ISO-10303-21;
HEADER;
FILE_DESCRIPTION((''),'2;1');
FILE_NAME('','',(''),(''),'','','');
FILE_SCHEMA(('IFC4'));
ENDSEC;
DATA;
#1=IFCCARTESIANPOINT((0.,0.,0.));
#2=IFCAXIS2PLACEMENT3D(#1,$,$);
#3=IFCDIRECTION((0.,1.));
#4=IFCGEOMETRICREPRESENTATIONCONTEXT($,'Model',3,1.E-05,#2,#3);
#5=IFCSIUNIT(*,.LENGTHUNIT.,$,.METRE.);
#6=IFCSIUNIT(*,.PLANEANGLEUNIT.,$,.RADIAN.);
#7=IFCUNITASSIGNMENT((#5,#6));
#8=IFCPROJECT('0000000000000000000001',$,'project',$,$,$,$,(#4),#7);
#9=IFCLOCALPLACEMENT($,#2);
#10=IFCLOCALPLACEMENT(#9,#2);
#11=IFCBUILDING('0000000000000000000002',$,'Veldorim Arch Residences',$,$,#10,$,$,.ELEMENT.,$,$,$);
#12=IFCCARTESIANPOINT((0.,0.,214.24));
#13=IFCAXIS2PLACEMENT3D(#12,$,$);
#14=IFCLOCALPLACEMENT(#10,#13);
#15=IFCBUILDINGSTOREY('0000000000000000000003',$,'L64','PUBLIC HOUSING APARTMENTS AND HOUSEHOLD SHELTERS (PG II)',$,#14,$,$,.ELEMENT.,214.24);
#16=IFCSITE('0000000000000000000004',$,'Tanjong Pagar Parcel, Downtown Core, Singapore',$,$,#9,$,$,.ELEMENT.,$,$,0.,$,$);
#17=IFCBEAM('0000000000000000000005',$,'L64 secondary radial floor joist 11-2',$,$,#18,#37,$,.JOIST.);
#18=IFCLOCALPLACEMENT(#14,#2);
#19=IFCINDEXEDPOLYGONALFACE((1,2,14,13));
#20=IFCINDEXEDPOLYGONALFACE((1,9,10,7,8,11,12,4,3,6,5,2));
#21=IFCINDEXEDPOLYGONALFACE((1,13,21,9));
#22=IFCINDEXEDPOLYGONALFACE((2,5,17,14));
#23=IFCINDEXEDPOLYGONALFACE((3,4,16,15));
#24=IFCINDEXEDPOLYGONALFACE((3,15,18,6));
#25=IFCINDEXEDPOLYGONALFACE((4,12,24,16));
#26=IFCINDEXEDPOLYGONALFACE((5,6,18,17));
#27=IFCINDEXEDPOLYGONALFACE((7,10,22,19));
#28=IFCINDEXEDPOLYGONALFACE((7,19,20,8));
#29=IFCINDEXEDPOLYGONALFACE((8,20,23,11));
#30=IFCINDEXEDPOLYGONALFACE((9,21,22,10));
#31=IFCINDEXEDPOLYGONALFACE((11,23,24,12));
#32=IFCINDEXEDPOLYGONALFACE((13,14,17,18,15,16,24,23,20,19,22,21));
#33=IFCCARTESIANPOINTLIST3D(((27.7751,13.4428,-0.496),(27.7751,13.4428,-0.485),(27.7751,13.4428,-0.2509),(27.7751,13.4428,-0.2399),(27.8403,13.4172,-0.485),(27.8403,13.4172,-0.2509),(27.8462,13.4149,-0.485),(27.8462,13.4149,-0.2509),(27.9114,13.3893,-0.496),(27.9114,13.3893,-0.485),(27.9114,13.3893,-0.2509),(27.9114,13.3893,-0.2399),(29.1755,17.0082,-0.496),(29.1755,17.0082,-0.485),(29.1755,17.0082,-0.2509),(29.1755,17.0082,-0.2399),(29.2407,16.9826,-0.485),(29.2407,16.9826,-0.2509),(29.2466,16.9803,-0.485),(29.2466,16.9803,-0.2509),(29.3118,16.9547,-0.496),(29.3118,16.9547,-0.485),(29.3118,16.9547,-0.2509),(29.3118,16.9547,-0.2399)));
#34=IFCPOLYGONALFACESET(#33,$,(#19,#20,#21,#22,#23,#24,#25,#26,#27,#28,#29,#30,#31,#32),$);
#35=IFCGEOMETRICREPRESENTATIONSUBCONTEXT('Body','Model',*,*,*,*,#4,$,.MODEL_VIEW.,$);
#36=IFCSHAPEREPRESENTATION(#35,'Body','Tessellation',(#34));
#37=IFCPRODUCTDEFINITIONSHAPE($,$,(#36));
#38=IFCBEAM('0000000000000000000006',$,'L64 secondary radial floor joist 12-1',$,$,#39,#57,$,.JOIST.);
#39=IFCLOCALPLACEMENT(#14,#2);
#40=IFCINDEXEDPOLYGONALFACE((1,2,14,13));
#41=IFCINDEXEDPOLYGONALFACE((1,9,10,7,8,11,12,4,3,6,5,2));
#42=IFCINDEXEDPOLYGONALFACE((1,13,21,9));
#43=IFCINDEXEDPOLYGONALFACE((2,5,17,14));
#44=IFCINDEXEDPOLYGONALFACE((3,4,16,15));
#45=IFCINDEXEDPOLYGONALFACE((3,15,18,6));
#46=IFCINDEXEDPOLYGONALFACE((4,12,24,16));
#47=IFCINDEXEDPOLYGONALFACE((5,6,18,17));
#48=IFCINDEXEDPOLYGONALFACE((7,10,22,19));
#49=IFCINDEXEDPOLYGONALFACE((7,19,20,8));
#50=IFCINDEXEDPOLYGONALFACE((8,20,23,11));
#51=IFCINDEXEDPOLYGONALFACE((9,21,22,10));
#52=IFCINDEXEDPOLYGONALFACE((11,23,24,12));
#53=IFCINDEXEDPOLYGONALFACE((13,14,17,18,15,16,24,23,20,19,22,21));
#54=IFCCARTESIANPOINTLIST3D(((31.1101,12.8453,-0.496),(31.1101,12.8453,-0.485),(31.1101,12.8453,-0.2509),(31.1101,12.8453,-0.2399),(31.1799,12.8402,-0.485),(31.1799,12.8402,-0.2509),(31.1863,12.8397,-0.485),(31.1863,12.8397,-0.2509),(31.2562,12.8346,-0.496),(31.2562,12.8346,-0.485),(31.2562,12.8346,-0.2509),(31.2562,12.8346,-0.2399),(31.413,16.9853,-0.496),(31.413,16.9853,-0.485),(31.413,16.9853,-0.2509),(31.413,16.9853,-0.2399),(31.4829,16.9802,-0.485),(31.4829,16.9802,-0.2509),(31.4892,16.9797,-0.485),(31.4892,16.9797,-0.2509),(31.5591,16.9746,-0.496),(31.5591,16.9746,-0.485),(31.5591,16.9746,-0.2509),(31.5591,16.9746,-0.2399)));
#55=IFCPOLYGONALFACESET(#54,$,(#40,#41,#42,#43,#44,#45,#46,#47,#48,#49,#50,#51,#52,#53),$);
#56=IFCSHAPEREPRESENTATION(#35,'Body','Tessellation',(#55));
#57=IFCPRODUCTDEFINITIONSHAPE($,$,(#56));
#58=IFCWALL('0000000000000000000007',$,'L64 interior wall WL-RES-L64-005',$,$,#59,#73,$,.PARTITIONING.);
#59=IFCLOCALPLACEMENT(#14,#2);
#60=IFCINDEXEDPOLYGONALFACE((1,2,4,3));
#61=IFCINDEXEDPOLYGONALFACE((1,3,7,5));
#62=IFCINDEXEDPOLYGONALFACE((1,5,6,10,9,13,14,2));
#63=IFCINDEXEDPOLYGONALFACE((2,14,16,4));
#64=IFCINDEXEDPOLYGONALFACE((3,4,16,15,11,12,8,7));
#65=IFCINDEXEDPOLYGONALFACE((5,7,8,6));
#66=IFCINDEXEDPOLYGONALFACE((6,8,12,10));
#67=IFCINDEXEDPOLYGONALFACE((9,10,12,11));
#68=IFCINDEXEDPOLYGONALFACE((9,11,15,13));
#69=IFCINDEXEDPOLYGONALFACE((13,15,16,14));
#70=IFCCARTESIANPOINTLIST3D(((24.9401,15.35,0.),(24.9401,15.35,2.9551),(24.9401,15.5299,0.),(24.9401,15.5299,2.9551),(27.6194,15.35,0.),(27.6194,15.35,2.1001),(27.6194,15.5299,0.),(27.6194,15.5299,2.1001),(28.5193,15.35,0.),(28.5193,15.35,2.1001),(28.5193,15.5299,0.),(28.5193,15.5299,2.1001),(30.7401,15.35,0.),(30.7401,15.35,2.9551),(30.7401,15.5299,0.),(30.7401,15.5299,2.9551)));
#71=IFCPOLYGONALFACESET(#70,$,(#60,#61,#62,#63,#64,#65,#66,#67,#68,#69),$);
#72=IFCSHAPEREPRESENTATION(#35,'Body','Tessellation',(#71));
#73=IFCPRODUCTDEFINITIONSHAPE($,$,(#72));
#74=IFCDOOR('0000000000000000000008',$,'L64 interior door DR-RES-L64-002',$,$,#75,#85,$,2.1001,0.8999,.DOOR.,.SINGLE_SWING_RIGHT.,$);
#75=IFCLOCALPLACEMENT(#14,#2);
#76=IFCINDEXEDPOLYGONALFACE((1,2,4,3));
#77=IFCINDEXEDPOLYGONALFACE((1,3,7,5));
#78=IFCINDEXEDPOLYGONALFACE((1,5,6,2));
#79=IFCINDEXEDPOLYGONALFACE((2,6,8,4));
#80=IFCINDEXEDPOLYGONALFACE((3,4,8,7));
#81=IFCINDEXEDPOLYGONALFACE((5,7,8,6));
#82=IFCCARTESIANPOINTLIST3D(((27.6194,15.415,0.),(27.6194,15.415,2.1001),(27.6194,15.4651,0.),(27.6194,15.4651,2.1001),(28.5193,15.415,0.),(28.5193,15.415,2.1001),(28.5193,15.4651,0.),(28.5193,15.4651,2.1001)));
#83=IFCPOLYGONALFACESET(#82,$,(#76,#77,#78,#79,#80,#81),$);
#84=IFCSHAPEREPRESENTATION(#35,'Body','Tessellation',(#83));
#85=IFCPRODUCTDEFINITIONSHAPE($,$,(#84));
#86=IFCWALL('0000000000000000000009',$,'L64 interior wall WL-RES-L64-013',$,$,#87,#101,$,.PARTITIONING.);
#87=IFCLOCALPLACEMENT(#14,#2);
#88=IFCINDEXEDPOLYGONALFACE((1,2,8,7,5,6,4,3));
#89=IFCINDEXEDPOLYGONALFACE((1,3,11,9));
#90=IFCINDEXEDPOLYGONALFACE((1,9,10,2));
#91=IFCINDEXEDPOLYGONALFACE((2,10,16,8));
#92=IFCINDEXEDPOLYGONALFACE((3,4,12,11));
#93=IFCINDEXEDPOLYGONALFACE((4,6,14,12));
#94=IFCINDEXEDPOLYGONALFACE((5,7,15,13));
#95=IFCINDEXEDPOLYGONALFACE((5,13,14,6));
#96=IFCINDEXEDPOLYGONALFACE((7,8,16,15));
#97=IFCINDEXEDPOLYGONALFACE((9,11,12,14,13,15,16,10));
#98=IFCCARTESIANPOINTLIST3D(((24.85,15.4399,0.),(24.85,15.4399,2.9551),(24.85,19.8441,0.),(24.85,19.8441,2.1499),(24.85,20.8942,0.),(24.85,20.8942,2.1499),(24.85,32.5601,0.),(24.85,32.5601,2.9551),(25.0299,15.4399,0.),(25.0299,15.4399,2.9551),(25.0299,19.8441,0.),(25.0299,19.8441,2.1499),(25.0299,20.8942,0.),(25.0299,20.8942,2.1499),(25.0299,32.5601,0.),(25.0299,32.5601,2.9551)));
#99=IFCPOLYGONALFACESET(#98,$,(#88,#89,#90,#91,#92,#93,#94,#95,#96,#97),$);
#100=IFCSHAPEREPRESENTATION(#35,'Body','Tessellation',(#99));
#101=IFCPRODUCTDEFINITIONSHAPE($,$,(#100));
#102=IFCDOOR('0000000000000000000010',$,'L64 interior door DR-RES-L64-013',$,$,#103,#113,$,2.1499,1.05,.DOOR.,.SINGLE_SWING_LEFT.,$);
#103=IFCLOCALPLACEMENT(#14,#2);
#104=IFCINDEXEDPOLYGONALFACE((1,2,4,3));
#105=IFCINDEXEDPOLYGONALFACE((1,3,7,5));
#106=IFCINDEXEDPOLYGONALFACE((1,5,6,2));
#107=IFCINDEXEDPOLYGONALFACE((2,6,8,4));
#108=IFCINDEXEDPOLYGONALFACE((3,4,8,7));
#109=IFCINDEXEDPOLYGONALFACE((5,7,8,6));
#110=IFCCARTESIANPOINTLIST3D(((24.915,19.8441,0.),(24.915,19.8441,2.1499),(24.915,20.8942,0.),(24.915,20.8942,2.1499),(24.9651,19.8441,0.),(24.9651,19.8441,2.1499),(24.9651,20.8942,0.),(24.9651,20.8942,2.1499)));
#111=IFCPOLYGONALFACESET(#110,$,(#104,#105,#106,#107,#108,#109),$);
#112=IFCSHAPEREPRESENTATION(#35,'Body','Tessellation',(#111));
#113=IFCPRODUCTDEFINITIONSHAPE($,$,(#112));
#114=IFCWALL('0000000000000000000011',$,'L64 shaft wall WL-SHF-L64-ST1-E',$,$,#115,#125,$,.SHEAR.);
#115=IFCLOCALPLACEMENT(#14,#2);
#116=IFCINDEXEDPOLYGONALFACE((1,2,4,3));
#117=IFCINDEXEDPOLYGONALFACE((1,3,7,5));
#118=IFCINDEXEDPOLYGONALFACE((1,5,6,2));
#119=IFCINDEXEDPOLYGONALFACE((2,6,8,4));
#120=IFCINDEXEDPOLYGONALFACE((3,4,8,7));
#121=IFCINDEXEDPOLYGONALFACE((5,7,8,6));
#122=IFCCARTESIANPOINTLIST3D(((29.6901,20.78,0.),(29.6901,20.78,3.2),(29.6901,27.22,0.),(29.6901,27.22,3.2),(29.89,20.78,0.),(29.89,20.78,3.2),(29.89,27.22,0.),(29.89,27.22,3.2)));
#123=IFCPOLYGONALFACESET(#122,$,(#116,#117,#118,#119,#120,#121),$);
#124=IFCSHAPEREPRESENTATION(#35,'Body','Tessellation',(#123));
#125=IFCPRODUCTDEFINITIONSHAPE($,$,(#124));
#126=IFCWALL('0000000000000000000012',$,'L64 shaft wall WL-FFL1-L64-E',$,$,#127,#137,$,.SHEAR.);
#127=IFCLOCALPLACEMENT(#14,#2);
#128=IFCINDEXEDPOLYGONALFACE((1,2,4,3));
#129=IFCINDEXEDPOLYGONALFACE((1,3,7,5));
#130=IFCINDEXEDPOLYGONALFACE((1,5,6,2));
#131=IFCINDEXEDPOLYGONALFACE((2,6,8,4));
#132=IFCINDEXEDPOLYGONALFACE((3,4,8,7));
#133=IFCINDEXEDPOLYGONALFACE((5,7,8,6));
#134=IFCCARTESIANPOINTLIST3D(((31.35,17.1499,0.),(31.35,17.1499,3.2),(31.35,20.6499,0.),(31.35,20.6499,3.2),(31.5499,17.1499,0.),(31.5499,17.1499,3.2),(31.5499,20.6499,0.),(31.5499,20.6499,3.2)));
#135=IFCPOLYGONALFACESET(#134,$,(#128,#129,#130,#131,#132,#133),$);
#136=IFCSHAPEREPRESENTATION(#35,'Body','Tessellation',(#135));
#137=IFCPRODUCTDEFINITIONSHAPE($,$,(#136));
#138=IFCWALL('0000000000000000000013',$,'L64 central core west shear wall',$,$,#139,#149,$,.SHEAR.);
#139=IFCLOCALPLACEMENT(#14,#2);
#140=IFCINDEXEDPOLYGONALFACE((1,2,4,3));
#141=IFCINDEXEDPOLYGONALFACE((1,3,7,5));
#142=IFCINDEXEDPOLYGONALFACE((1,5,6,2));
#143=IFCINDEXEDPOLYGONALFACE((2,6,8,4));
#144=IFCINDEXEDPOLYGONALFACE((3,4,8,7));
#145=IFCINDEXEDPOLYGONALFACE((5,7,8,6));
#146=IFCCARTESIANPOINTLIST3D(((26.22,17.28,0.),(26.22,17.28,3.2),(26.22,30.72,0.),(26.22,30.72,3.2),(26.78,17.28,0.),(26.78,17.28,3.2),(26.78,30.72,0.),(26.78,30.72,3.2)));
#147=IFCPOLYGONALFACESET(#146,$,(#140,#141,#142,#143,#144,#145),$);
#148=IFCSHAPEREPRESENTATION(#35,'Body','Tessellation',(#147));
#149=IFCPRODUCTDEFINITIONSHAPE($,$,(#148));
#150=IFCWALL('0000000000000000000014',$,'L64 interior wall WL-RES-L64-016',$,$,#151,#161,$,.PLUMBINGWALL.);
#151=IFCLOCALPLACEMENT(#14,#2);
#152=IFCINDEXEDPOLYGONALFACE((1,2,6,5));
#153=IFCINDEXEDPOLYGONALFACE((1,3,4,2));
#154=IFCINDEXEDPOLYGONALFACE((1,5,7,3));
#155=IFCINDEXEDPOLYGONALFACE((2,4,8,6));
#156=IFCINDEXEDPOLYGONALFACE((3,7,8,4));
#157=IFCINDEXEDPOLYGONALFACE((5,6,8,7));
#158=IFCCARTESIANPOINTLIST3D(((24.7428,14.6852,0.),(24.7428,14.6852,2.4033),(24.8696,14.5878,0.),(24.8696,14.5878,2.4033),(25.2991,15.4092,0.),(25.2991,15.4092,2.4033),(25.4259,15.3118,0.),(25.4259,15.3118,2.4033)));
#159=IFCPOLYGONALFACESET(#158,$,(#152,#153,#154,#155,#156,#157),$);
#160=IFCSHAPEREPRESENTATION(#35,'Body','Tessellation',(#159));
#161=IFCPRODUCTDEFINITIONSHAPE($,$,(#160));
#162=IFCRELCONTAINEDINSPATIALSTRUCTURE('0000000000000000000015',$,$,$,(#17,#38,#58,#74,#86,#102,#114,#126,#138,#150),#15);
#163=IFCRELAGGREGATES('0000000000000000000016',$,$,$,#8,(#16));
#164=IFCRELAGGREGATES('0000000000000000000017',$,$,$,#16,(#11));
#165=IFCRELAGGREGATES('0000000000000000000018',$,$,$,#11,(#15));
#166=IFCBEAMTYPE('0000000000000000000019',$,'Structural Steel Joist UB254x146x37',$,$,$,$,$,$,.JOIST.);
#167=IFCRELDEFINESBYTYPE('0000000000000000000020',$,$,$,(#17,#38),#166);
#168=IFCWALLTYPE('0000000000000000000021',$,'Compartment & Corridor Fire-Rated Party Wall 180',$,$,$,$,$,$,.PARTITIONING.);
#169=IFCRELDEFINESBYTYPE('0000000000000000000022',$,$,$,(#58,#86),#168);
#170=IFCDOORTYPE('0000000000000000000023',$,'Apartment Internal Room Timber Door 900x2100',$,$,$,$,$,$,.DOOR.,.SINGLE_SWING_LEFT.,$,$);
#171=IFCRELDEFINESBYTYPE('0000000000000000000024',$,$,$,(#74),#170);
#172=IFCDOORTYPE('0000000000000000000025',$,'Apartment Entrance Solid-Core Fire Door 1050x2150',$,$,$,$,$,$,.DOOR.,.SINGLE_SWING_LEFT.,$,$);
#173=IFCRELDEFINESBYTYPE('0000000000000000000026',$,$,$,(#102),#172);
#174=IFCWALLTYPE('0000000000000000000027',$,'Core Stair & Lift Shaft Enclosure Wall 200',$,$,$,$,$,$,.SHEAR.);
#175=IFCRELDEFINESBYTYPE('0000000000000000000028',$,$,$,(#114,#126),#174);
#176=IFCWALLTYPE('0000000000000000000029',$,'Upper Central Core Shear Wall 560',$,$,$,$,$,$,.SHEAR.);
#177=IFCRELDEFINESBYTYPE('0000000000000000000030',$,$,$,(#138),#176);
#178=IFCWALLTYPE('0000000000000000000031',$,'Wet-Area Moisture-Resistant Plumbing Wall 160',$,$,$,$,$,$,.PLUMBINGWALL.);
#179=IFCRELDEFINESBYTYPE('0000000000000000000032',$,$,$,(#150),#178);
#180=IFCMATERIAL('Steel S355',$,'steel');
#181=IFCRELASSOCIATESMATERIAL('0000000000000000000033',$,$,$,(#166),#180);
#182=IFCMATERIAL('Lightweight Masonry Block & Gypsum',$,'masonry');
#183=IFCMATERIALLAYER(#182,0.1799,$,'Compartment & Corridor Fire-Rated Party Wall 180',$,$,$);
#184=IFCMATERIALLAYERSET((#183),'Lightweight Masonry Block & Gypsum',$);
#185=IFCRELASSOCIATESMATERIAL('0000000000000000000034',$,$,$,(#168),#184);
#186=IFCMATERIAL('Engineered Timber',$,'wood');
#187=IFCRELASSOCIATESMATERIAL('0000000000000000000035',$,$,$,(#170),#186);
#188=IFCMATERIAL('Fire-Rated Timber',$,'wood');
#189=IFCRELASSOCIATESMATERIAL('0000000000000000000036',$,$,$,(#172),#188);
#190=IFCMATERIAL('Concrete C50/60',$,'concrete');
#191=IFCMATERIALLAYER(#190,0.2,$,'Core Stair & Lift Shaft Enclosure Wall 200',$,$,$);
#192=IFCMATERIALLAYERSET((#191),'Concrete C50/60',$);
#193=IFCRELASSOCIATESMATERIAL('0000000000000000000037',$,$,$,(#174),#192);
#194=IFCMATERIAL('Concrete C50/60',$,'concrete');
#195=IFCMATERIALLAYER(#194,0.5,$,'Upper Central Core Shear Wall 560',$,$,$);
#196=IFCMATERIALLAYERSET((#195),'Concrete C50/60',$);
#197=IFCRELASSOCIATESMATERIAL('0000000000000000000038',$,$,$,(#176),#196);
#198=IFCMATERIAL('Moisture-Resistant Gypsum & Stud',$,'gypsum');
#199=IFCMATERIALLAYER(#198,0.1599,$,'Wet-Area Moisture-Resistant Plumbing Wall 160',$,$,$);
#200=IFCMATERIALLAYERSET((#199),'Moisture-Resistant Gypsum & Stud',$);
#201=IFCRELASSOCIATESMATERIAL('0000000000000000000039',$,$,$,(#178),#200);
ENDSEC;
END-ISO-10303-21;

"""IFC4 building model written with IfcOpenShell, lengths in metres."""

from ifc_helpers import new_model, si_unit, direction, frame, frame_2d, origin, origin_2d, place, context, subcontext, project, spatial, rectangle, i_section, extrude, material, layer, layer_set, material_profile, profile_set, type_object, element, fill, save


model = new_model("IFC4")

# Units and contexts
model_context = context("Model", 3, precision=1e-05, world=origin(), true_north=direction((0.0, 1.0)))
body_context = subcontext(model_context, "Body", "Model", "MODEL_VIEW")
ifc_project = project(units=[si_unit("LENGTHUNIT", "METRE"), si_unit("PLANEANGLEUNIT", "RADIAN")], contexts=[model_context])

# Site, building, storey
site_placement = place(None, origin())
site = spatial("IfcSite", under=ifc_project, at=site_placement, Name="Tanjong Pagar Parcel, Downtown Core, Singapore", CompositionType="ELEMENT", RefElevation=0.0)
building_placement = place(site_placement, origin())
building = spatial("IfcBuilding", under=site, at=building_placement, Name="Veldorim Arch Residences", CompositionType="ELEMENT")
storey_placement = place(building_placement, frame((0.0, 0.0, 214.24)))
storey = spatial("IfcBuildingStorey", under=building, at=storey_placement, Name="L64", Description="PUBLIC HOUSING APARTMENTS AND HOUSEHOLD SHELTERS (PG II)", CompositionType="ELEMENT", Elevation=214.24)

# Beams
ifc_material_1 = material(Name="Steel S355", Category="steel")
ifc_material_profile_1 = material_profile(ifc_material_1, i_section(OverallWidth=0.1465, OverallDepth=0.2561, WebThickness=0.0063, FlangeThickness=0.011, at=origin_2d()), Name="UB254x146x37")
ifc_profile_set_1 = profile_set([ifc_material_profile_1], Name="Steel S355")
beam_type_1 = type_object("IfcBeamType", Name="Structural Steel Joist UB254x146x37", PredefinedType="JOIST", material=ifc_profile_set_1)
beam_1_placement = place(storey_placement, frame((29.2437, 16.9814, -0.3679), z_axis=(-0.365581, -0.930779, 0.0), x_axis=(0.930779, -0.365581, 0.0)))
element("IfcBeam", 1, at=beam_1_placement, inside=storey, type_object=beam_type_1, Name="L64 secondary radial floor joist 11-2", PredefinedType="JOIST", context=body_context, shape_type="SweptSolid", body=[
    extrude(i_section(OverallWidth=0.1465, OverallDepth=0.2561, WebThickness=0.0063, FlangeThickness=0.011, at=origin_2d()), origin(), (0.0, 0.0, 1.0), 3.8306),
])
beam_2_placement = place(storey_placement, frame((31.4861, 16.98, -0.3679), z_axis=(-0.072986, -0.997333, 0.0), x_axis=(0.997333, -0.072986, 0.0)))
element("IfcBeam", 2, at=beam_2_placement, inside=storey, type_object=beam_type_1, Name="L64 secondary radial floor joist 12-1", PredefinedType="JOIST", context=body_context, shape_type="SweptSolid", body=[
    extrude(i_section(OverallWidth=0.1465, OverallDepth=0.2561, WebThickness=0.0063, FlangeThickness=0.011, at=origin_2d()), origin(), (0.0, 0.0, 1.0), 4.1511),
])

# Walls, openings, doors
ifc_material_2 = material(Name="Lightweight Masonry Block & Gypsum", Category="masonry")
ifc_layer_1 = layer(ifc_material_2, 0.1799, Name="Compartment & Corridor Fire-Rated Party Wall 180")
ifc_layer_set_1 = layer_set([ifc_layer_1], Name="Lightweight Masonry Block & Gypsum")
wall_type_1 = type_object("IfcWallType", Name="Compartment & Corridor Fire-Rated Party Wall 180", PredefinedType="PARTITIONING", material=ifc_layer_set_1)
wall_1_placement = place(storey_placement, frame((30.74, 15.4399, 0.0), z_axis=(0.0, 0.0, 1.0), x_axis=(-1.0, 0.0, 0.0)))
wall_1 = element("IfcWall", 3, at=wall_1_placement, inside=storey, type_object=wall_type_1, Name="L64 interior wall WL-RES-L64-005", PredefinedType="PARTITIONING", context=body_context, shape_type="SweptSolid", body=[
    extrude(rectangle(XDim=5.8, YDim=0.1799, at=frame_2d((2.8999, 0.0))), origin(), (0.0, 0.0, 1.0), 2.9551),
])
opening_1_placement = place(wall_1_placement, frame((2.2207, 0.0, 0.0)))
opening_1 = element("IfcOpeningElement", 4, at=opening_1_placement, cuts=wall_1, PredefinedType="OPENING", context=body_context, shape_type="SweptSolid", body=[
    extrude(rectangle(XDim=0.8999, YDim=2.1001, at=frame_2d((0.45, 1.05))), frame((0.0, 0.0999, 0.0), z_axis=(0.0, -1.0, 0.0), x_axis=(1.0, 0.0, 0.0)), (0.0, 0.0, 1.0), 0.2),
])
ifc_material_3 = material(Name="Engineered Timber", Category="wood")
door_type_1 = type_object("IfcDoorType", Name="Apartment Internal Room Timber Door 900x2100", OperationType="SINGLE_SWING_LEFT", PredefinedType="DOOR", material=ifc_material_3)
door_1_placement = place(opening_1_placement, origin())
door_1 = element("IfcDoor", 5, at=door_1_placement, inside=storey, type_object=door_type_1, Name="L64 interior door DR-RES-L64-002", OperationType="SINGLE_SWING_RIGHT", OverallHeight=2.1001, OverallWidth=0.8999, PredefinedType="DOOR", context=body_context, shape_type="SweptSolid", body=[
    extrude(rectangle(XDim=0.8999, YDim=2.1001, at=frame_2d((0.45, 1.05))), frame((0.0, 0.0249, 0.0), z_axis=(0.0, -1.0, 0.0), x_axis=(1.0, 0.0, 0.0)), (0.0, 0.0, 1.0), 0.05),
])
fill(opening_1, door_1)
wall_2_placement = place(storey_placement, frame((24.9399, 15.4399, 0.0), z_axis=(0.0, 0.0, 1.0), x_axis=(0.0, 1.0, 0.0)))
wall_2 = element("IfcWall", 6, at=wall_2_placement, inside=storey, type_object=wall_type_1, Name="L64 interior wall WL-RES-L64-013", PredefinedType="PARTITIONING", context=body_context, shape_type="SweptSolid", body=[
    extrude(rectangle(XDim=17.1201, YDim=0.1799, at=frame_2d((8.5601, 0.0))), origin(), (0.0, 0.0, 1.0), 2.9551),
])
opening_2_placement = place(wall_2_placement, frame((4.4043, 0.0, 0.0)))
opening_2 = element("IfcOpeningElement", 7, at=opening_2_placement, cuts=wall_2, PredefinedType="OPENING", context=body_context, shape_type="SweptSolid", body=[
    extrude(rectangle(XDim=1.05, YDim=2.1499, at=frame_2d((0.5249, 1.075))), frame((0.0, 0.0999, 0.0), z_axis=(0.0, -1.0, 0.0), x_axis=(1.0, 0.0, 0.0)), (0.0, 0.0, 1.0), 0.2),
])
ifc_material_4 = material(Name="Fire-Rated Timber", Category="wood")
door_type_2 = type_object("IfcDoorType", Name="Apartment Entrance Solid-Core Fire Door 1050x2150", OperationType="SINGLE_SWING_LEFT", PredefinedType="DOOR", material=ifc_material_4)
door_2_placement = place(opening_2_placement, origin())
door_2 = element("IfcDoor", 8, at=door_2_placement, inside=storey, type_object=door_type_2, Name="L64 interior door DR-RES-L64-013", OperationType="SINGLE_SWING_LEFT", OverallHeight=2.1499, OverallWidth=1.05, PredefinedType="DOOR", context=body_context, shape_type="SweptSolid", body=[
    extrude(rectangle(XDim=1.05, YDim=2.1499, at=frame_2d((0.5249, 1.075))), frame((0.0, 0.0249, 0.0), z_axis=(0.0, -1.0, 0.0), x_axis=(1.0, 0.0, 0.0)), (0.0, 0.0, 1.0), 0.05),
])
fill(opening_2, door_2)

# Wall
ifc_material_5 = material(Name="Concrete C50/60", Category="concrete")
ifc_layer_2 = layer(ifc_material_5, 0.2, Name="Core Stair & Lift Shaft Enclosure Wall 200")
ifc_layer_set_2 = layer_set([ifc_layer_2], Name="Concrete C50/60")
wall_type_2 = type_object("IfcWallType", Name="Core Stair & Lift Shaft Enclosure Wall 200", PredefinedType="SHEAR", material=ifc_layer_set_2)
wall_3_placement = place(storey_placement, frame((29.79, 20.78, 0.0), z_axis=(0.0, 0.0, 1.0), x_axis=(0.0, 1.0, 0.0)))
element("IfcWall", 9, at=wall_3_placement, inside=storey, type_object=wall_type_2, Name="L64 shaft wall WL-SHF-L64-ST1-E", PredefinedType="SHEAR", context=body_context, shape_type="SweptSolid", body=[
    extrude(rectangle(XDim=6.4399, YDim=0.2, at=frame_2d((3.22, 0.0))), origin(), (0.0, 0.0, 1.0), 3.2),
])

# Wall
wall_4_placement = place(storey_placement, frame((31.45, 17.1499, 0.0), z_axis=(0.0, 0.0, 1.0), x_axis=(0.0, 1.0, 0.0)))
element("IfcWall", 10, at=wall_4_placement, inside=storey, type_object=wall_type_2, Name="L64 shaft wall WL-FFL1-L64-E", PredefinedType="SHEAR", context=body_context, shape_type="SweptSolid", body=[
    extrude(rectangle(XDim=3.5, YDim=0.2, at=frame_2d((1.75, 0.0))), origin(), (0.0, 0.0, 1.0), 3.2),
])

# Shared definitions
ifc_material_6 = material(Name="Concrete C50/60", Category="concrete")
ifc_layer_3 = layer(ifc_material_6, 0.5, Name="Upper Central Core Shear Wall 560")
ifc_layer_set_3 = layer_set([ifc_layer_3], Name="Concrete C50/60")
wall_type_3 = type_object("IfcWallType", Name="Upper Central Core Shear Wall 560", PredefinedType="SHEAR", material=ifc_layer_set_3)

# Walls
wall_5_placement = place(storey_placement, frame((26.5, 17.28, 0.0), z_axis=(0.0, 0.0, 1.0), x_axis=(0.0, 1.0, 0.0)))
element("IfcWall", 11, at=wall_5_placement, inside=storey, type_object=wall_type_3, Name="L64 central core west shear wall", PredefinedType="SHEAR", context=body_context, shape_type="SweptSolid", body=[
    extrude(rectangle(XDim=13.4399, YDim=0.5601, at=frame_2d((6.72, 0.0))), origin(), (0.0, 0.0, 1.0), 3.2),
])
ifc_material_7 = material(Name="Moisture-Resistant Gypsum & Stud", Category="gypsum")
ifc_layer_4 = layer(ifc_material_7, 0.1599, Name="Wet-Area Moisture-Resistant Plumbing Wall 160")
ifc_layer_set_4 = layer_set([ifc_layer_4], Name="Moisture-Resistant Gypsum & Stud")
wall_type_4 = type_object("IfcWallType", Name="Wet-Area Moisture-Resistant Plumbing Wall 160", PredefinedType="PLUMBINGWALL", material=ifc_layer_set_4)
wall_6_placement = place(storey_placement, frame((24.8062, 14.6365, 0.0), z_axis=(0.0, 0.0, 1.0), x_axis=(0.609284, 0.792952, 0.0)))
element("IfcWall", 12, at=wall_6_placement, inside=storey, type_object=wall_type_4, Name="L64 interior wall WL-RES-L64-016", PredefinedType="PLUMBINGWALL", context=body_context, shape_type="SweptSolid", body=[
    extrude(rectangle(XDim=0.9131, YDim=0.1599, at=frame_2d((0.4565, 0.0))), origin(), (0.0, 0.0, 1.0), 2.4033),
])

save(model, "model.ifc")
